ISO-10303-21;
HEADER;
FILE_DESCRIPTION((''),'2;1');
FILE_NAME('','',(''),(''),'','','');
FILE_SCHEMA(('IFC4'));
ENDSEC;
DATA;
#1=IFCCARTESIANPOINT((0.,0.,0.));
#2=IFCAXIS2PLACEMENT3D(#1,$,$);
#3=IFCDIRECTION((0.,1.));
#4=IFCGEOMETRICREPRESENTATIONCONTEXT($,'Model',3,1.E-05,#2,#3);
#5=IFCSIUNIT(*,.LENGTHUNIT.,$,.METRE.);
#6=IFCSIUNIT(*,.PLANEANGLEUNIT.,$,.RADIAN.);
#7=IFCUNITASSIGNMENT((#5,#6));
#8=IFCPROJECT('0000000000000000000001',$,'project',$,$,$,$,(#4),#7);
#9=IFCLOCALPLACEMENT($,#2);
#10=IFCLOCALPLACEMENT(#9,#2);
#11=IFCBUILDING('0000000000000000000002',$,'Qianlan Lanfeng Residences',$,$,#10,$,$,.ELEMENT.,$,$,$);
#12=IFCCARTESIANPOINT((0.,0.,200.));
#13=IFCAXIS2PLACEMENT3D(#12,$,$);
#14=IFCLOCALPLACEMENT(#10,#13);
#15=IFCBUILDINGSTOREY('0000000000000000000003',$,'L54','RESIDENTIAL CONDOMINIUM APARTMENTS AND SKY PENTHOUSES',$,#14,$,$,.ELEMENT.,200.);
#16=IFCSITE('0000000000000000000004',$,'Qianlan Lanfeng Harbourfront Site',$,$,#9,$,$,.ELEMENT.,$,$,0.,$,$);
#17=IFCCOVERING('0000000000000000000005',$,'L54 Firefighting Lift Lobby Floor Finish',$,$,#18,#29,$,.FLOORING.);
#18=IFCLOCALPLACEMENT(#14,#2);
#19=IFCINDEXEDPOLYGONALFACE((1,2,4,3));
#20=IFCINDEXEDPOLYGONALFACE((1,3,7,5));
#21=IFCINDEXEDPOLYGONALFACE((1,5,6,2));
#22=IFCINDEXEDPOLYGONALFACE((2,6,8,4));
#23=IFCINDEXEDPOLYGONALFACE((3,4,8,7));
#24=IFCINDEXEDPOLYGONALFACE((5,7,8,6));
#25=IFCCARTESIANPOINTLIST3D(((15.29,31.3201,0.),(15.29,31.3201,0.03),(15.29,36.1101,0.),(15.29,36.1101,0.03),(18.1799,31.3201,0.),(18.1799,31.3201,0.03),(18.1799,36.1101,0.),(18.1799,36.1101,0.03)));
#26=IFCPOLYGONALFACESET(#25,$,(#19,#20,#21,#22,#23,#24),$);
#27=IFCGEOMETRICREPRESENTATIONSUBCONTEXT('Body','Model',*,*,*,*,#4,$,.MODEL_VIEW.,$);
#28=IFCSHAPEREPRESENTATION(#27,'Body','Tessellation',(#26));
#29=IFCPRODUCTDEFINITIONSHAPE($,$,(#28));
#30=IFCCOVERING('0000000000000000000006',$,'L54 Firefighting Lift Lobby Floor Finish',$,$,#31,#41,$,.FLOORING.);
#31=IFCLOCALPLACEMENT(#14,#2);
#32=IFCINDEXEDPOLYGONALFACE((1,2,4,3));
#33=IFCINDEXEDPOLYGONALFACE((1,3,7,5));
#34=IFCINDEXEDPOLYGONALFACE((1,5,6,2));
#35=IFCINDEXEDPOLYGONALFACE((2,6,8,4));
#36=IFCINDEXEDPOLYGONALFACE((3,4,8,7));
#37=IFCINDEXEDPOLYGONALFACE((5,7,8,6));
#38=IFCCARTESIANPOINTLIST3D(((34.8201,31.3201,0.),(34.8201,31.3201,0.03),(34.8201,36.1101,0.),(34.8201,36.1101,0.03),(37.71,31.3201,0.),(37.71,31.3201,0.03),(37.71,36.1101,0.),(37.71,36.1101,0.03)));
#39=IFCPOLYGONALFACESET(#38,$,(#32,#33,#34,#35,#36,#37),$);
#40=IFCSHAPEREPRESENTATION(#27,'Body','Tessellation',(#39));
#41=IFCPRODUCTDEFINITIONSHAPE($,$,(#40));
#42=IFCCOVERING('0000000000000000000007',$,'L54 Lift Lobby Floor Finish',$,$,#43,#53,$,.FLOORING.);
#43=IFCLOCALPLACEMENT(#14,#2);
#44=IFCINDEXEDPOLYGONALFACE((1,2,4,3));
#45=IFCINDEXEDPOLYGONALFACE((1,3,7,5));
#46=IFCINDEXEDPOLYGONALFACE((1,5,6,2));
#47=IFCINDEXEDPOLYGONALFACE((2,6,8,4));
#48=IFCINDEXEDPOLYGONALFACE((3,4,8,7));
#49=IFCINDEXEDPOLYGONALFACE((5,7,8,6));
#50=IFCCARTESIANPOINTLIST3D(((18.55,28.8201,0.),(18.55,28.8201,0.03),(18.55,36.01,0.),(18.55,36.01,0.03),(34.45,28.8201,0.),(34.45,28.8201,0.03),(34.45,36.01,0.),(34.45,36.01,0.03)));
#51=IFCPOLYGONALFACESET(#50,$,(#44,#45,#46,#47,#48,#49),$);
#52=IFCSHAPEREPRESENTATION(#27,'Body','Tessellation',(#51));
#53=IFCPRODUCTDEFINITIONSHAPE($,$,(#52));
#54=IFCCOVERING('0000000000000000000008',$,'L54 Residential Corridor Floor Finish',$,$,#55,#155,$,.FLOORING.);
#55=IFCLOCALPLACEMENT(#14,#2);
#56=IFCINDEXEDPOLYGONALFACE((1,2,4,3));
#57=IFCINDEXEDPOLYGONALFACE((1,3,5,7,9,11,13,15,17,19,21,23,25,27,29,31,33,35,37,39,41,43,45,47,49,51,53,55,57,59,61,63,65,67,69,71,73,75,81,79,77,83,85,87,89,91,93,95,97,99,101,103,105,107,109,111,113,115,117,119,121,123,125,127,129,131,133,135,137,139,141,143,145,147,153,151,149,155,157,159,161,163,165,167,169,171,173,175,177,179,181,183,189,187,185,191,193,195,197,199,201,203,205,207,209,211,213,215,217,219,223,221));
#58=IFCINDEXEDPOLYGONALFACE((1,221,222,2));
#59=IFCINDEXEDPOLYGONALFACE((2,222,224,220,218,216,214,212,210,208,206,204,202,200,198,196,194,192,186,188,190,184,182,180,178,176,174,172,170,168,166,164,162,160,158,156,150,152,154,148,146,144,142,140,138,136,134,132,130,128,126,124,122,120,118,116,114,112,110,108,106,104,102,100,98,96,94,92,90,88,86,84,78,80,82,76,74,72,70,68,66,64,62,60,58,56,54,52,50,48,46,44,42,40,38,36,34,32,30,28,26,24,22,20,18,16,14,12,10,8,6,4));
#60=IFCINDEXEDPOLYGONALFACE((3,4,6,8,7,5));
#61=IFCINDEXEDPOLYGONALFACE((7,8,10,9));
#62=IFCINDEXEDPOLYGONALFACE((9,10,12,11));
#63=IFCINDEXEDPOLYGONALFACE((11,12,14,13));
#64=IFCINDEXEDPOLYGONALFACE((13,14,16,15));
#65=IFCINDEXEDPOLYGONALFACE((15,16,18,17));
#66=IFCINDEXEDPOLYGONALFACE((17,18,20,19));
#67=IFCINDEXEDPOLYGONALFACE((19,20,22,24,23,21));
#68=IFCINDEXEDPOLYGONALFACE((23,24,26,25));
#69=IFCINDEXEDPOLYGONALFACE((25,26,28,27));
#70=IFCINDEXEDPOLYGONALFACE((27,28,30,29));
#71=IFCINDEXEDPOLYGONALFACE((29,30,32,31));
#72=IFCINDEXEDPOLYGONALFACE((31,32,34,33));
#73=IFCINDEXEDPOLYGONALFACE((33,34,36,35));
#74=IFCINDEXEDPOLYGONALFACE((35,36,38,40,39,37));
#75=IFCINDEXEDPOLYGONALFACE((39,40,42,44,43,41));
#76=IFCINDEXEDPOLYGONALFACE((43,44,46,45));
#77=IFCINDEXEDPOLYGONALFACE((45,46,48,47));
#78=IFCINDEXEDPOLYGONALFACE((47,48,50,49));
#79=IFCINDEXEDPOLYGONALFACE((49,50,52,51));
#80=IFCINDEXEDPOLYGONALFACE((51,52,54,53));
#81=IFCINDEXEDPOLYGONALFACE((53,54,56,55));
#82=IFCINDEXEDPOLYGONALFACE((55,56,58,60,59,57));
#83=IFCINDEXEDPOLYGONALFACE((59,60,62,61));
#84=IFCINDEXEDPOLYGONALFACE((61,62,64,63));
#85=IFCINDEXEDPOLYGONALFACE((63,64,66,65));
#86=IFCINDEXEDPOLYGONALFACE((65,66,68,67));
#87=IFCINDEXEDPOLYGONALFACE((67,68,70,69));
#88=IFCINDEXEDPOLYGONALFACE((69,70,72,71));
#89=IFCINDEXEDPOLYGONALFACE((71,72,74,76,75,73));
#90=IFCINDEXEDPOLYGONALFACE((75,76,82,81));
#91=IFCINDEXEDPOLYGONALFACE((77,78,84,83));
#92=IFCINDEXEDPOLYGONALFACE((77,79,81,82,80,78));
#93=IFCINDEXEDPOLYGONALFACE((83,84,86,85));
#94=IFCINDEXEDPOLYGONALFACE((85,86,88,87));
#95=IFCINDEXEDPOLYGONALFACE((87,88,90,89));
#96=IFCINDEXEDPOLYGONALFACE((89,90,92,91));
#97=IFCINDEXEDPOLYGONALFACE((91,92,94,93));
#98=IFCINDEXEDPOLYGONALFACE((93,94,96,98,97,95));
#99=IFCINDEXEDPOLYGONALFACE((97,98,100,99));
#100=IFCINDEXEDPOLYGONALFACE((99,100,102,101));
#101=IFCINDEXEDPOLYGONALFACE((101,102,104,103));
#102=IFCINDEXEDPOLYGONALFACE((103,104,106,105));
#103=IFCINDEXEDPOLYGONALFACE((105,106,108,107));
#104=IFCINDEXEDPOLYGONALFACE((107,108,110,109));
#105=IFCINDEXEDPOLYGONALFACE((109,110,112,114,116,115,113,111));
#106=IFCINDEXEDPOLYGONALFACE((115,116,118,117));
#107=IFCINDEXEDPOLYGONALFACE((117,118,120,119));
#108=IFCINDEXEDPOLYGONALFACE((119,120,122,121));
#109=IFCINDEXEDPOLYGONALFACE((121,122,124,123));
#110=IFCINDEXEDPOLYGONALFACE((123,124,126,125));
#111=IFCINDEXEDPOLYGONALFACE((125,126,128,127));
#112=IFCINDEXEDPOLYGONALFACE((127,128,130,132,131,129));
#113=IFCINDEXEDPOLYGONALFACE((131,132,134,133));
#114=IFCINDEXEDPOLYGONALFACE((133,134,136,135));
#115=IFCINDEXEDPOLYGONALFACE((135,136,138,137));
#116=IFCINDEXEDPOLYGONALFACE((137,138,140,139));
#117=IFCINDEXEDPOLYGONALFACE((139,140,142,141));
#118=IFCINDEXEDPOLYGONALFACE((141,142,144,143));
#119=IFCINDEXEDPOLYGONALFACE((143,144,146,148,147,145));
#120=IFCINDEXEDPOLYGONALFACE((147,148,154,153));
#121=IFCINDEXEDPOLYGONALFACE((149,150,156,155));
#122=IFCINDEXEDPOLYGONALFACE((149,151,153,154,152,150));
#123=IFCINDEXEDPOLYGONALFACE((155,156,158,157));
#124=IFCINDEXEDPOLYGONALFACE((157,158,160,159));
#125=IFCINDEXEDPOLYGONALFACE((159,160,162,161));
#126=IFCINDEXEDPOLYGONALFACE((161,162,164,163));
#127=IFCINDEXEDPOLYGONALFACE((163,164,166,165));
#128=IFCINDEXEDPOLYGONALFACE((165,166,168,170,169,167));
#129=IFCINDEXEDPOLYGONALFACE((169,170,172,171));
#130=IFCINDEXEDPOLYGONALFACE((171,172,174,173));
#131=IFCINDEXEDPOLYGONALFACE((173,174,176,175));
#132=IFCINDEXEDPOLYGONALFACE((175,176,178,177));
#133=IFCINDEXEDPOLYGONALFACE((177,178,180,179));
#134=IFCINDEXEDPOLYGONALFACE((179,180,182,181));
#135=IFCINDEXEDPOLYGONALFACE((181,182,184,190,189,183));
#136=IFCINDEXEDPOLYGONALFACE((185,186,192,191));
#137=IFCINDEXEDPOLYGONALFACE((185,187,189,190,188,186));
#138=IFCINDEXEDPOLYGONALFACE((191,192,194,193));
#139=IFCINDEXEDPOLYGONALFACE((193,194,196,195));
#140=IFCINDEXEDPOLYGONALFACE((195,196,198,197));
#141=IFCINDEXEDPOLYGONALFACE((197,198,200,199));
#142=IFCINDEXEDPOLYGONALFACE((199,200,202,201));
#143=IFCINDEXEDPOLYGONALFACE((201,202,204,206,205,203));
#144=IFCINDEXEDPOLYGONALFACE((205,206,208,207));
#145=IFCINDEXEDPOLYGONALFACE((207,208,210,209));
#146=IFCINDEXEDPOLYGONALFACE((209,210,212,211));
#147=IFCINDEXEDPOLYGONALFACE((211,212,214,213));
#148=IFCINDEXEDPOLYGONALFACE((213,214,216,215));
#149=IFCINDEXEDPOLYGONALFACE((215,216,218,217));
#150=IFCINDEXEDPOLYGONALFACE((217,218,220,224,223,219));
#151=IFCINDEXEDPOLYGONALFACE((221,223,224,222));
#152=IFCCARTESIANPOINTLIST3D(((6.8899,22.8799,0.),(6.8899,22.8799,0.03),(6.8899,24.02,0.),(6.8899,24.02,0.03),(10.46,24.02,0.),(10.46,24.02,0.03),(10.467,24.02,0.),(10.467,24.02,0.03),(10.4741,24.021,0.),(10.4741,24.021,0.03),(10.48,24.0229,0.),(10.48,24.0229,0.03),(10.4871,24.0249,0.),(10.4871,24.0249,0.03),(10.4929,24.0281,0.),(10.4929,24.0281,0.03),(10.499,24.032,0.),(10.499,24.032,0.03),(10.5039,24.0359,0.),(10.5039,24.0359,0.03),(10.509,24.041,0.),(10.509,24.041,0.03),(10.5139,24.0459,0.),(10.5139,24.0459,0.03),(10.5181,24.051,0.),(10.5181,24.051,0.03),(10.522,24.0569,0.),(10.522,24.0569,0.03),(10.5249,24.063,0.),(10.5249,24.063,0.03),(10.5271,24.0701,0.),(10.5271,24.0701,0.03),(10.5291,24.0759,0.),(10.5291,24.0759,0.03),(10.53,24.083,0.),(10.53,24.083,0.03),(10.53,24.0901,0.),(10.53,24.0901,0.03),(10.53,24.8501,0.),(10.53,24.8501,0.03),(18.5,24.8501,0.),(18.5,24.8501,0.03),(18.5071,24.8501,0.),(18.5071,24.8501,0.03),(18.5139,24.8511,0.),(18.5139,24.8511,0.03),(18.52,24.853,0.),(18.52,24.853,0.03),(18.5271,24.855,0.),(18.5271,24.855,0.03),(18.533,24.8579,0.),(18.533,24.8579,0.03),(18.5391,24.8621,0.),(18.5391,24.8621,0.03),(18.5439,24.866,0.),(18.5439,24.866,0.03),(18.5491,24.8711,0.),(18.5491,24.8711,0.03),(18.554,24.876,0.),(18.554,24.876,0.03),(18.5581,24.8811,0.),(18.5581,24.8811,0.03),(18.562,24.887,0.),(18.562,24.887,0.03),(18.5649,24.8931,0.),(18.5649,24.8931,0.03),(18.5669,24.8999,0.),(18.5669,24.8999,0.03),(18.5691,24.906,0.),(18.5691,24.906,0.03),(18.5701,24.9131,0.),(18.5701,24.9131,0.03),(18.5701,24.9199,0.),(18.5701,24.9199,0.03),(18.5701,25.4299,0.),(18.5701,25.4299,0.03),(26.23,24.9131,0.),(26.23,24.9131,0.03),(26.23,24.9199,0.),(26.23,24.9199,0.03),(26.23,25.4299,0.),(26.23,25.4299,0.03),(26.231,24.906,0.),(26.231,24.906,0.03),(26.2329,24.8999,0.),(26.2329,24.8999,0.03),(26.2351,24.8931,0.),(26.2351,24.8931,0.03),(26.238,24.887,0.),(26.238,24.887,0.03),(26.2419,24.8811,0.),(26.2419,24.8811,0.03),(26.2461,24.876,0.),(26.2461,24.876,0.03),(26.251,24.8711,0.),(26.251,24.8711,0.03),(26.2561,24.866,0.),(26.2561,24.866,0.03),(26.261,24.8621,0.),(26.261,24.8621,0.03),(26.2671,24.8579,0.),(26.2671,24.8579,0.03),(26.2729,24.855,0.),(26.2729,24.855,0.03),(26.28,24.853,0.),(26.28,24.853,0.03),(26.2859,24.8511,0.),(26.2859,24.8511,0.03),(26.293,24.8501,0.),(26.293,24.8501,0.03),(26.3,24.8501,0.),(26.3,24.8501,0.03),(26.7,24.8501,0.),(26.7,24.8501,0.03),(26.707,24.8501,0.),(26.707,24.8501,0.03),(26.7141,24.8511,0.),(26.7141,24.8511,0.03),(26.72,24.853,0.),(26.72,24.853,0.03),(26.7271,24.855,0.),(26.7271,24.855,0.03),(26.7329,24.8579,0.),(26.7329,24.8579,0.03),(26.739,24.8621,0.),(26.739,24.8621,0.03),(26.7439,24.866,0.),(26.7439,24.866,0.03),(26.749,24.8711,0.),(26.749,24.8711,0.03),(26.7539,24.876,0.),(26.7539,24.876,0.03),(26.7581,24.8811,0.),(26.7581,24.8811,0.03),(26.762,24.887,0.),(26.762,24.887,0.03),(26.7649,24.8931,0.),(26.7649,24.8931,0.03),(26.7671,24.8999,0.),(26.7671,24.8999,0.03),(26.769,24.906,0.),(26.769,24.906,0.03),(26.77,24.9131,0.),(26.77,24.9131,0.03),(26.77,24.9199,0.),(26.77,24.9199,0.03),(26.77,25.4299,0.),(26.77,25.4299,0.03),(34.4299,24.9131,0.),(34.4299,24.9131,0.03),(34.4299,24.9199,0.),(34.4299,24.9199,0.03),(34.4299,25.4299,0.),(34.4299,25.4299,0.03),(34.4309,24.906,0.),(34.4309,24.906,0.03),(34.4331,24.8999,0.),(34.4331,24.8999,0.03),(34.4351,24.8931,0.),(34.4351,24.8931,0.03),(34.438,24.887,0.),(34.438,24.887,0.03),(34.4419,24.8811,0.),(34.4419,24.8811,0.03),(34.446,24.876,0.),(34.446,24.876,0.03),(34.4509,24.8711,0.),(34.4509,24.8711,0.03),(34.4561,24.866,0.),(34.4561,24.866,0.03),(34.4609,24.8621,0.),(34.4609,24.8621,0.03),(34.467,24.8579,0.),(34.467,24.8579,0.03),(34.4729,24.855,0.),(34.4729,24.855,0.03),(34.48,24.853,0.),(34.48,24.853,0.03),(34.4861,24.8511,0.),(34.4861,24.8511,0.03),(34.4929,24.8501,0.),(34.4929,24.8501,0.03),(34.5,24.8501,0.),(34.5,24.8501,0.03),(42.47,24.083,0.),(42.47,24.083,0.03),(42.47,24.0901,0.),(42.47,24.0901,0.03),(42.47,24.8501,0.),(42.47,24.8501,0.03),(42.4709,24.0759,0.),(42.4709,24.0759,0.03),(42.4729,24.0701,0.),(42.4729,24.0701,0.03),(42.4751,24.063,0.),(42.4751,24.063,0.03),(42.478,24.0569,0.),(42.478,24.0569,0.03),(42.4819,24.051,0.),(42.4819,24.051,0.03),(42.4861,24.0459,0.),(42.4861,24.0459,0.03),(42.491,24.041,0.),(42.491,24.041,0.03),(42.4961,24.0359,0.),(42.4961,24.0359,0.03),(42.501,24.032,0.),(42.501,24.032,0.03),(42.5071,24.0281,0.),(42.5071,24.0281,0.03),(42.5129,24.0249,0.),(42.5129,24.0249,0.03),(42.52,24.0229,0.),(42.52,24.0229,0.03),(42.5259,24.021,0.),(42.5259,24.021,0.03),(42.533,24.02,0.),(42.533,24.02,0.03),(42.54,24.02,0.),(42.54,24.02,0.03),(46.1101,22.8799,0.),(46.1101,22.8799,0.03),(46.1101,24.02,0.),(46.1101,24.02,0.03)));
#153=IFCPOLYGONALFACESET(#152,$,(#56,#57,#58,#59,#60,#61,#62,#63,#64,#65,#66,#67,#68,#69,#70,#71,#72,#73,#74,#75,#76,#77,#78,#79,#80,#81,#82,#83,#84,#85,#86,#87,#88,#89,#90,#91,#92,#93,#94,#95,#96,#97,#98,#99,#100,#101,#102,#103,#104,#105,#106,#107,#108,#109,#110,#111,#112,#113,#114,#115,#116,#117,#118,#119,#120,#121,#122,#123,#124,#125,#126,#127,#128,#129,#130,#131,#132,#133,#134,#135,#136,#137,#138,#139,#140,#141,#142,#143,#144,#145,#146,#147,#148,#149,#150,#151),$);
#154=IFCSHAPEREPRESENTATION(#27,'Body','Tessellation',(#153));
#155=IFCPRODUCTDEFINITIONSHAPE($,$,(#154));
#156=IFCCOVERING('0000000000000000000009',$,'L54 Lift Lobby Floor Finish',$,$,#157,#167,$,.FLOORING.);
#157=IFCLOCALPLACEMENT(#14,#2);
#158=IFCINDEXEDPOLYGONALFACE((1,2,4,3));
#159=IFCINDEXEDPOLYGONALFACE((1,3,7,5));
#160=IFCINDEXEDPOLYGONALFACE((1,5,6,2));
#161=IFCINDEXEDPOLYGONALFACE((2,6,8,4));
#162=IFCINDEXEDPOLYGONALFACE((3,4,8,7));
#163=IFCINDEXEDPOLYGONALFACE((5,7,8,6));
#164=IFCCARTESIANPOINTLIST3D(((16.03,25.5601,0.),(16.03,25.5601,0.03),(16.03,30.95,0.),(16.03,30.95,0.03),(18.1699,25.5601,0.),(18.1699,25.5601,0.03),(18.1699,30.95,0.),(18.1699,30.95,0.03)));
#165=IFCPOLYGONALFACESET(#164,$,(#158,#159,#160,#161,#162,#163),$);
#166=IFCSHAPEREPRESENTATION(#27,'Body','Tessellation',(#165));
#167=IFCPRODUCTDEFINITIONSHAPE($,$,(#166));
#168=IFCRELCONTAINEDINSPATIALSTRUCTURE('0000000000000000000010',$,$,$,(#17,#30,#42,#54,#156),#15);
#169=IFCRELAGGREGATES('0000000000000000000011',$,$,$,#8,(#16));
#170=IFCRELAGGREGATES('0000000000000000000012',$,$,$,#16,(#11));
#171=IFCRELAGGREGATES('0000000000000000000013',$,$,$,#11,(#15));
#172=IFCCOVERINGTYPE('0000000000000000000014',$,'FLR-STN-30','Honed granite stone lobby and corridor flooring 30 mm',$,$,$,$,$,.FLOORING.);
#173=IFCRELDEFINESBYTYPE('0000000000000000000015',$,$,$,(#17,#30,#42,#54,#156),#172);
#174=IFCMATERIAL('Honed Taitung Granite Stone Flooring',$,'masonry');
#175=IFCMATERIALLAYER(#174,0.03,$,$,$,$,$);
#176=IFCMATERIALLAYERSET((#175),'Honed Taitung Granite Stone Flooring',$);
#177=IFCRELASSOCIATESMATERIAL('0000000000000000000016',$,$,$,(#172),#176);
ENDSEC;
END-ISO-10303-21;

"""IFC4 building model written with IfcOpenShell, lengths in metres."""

from ifc_helpers import new_model, si_unit, direction, frame, origin, place, context, subcontext, project, spatial, polyline, outline, extrude, material, layer, layer_set, type_object, element, save


model = new_model("IFC4")

# Units and contexts
model_context = context("Model", 3, precision=1e-05, world=origin(), true_north=direction((0.0, 1.0)))
body_context = subcontext(model_context, "Body", "Model", "MODEL_VIEW")
ifc_project = project(units=[si_unit("LENGTHUNIT", "METRE"), si_unit("PLANEANGLEUNIT", "RADIAN")], contexts=[model_context])

# Site, building, storey
site_placement = place(None, origin())
site = spatial("IfcSite", under=ifc_project, at=site_placement, Name="Qianlan Lanfeng Harbourfront Site", CompositionType="ELEMENT", RefElevation=0.0)
building_placement = place(site_placement, origin())
building = spatial("IfcBuilding", under=site, at=building_placement, Name="Qianlan Lanfeng Residences", CompositionType="ELEMENT")
storey_placement = place(building_placement, frame((0.0, 0.0, 200.0)))
storey = spatial("IfcBuildingStorey", under=building, at=storey_placement, Name="L54", Description="RESIDENTIAL CONDOMINIUM APARTMENTS AND SKY PENTHOUSES", CompositionType="ELEMENT", Elevation=200.0)

# Coverings
ifc_material_1 = material(Name="Honed Taitung Granite Stone Flooring", Category="masonry")
ifc_layer_1 = layer(ifc_material_1, 0.03)
ifc_layer_set_1 = layer_set([ifc_layer_1], Name="Honed Taitung Granite Stone Flooring")
covering_type_1 = type_object("IfcCoveringType", Name="FLR-STN-30", Description="Honed granite stone lobby and corridor flooring 30 mm", PredefinedType="FLOORING", material=ifc_layer_set_1)
covering_1_placement = place(storey_placement, origin())
element("IfcCovering", 1, at=covering_1_placement, inside=storey, type_object=covering_type_1, Name="L54 Firefighting Lift Lobby Floor Finish", PredefinedType="FLOORING", context=body_context, shape_type="SweptSolid", body=[
    extrude(outline(polyline([(15.29, 31.3201), (18.1799, 31.3201), (18.1799, 36.1101), (15.29, 36.1101), (15.29, 31.3201)])), origin(), (0.0, 0.0, 1.0), 0.03),
])
covering_2_placement = place(storey_placement, origin())
element("IfcCovering", 2, at=covering_2_placement, inside=storey, type_object=covering_type_1, Name="L54 Firefighting Lift Lobby Floor Finish", PredefinedType="FLOORING", context=body_context, shape_type="SweptSolid", body=[
    extrude(outline(polyline([(34.8201, 31.3201), (37.71, 31.3201), (37.71, 36.1101), (34.8201, 36.1101), (34.8201, 31.3201)])), origin(), (0.0, 0.0, 1.0), 0.03),
])
covering_3_placement = place(storey_placement, origin())
element("IfcCovering", 3, at=covering_3_placement, inside=storey, type_object=covering_type_1, Name="L54 Lift Lobby Floor Finish", PredefinedType="FLOORING", context=body_context, shape_type="SweptSolid", body=[
    extrude(outline(polyline([(18.55, 28.8201), (34.45, 28.8201), (34.45, 36.01), (18.55, 36.01), (18.55, 28.8201)])), origin(), (0.0, 0.0, 1.0), 0.03),
])
covering_4_placement = place(storey_placement, origin())
element("IfcCovering", 4, at=covering_4_placement, inside=storey, type_object=covering_type_1, Name="L54 Residential Corridor Floor Finish", PredefinedType="FLOORING", context=body_context, shape_type="SweptSolid", body=[
    extrude(outline(polyline([(6.8899, 22.8799), (46.1101, 22.8799), (46.1101, 24.02), (42.54, 24.02), (42.533, 24.02), (42.5259, 24.021), (42.52, 24.0229), (42.5129, 24.0249), (42.5071, 24.0281), (42.501, 24.032), (42.4961, 24.0359), (42.491, 24.041), (42.4861, 24.0459), (42.4819, 24.051), (42.478, 24.0569), (42.4751, 24.063), (42.4729, 24.0701), (42.4709, 24.0759), (42.47, 24.083), (42.47, 24.0901), (42.47, 24.8501), (34.5, 24.8501), (34.4929, 24.8501), (34.4861, 24.8511), (34.48, 24.853), (34.4729, 24.855), (34.467, 24.8579), (34.4609, 24.8621), (34.4561, 24.866), (34.4509, 24.8711), (34.446, 24.876), (34.4419, 24.8811), (34.438, 24.887), (34.4351, 24.8931), (34.4331, 24.8999), (34.4309, 24.906), (34.4299, 24.9131), (34.4299, 24.9199), (34.4299, 25.4299), (26.77, 25.4299), (26.77, 24.9199), (26.77, 24.9131), (26.769, 24.906), (26.7671, 24.8999), (26.7649, 24.8931), (26.762, 24.887), (26.7581, 24.8811), (26.7539, 24.876), (26.749, 24.8711), (26.7439, 24.866), (26.739, 24.8621), (26.7329, 24.8579), (26.7271, 24.855), (26.72, 24.853), (26.7141, 24.8511), (26.707, 24.8501), (26.7, 24.8501), (26.3, 24.8501), (26.293, 24.8501), (26.2859, 24.8511), (26.28, 24.853), (26.2729, 24.855), (26.2671, 24.8579), (26.261, 24.8621), (26.2561, 24.866), (26.251, 24.8711), (26.2461, 24.876), (26.2419, 24.8811), (26.238, 24.887), (26.2351, 24.8931), (26.2329, 24.8999), (26.231, 24.906), (26.23, 24.9131), (26.23, 24.9199), (26.23, 25.4299), (18.5701, 25.4299), (18.5701, 24.9199), (18.5701, 24.9131), (18.5691, 24.906), (18.5669, 24.8999), (18.5649, 24.8931), (18.562, 24.887), (18.5581, 24.8811), (18.554, 24.876), (18.5491, 24.8711), (18.5439, 24.866), (18.5391, 24.8621), (18.533, 24.8579), (18.5271, 24.855), (18.52, 24.853), (18.5139, 24.8511), (18.5071, 24.8501), (18.5, 24.8501), (10.53, 24.8501), (10.53, 24.0901), (10.53, 24.083), (10.5291, 24.0759), (10.5271, 24.0701), (10.5249, 24.063), (10.522, 24.0569), (10.5181, 24.051), (10.5139, 24.0459), (10.509, 24.041), (10.5039, 24.0359), (10.499, 24.032), (10.4929, 24.0281), (10.4871, 24.0249), (10.48, 24.0229), (10.4741, 24.021), (10.467, 24.02), (10.46, 24.02), (6.8899, 24.02), (6.8899, 22.8799)])), origin(), (0.0, 0.0, 1.0), 0.03),
])
covering_5_placement = place(storey_placement, origin())
element("IfcCovering", 5, at=covering_5_placement, inside=storey, type_object=covering_type_1, Name="L54 Lift Lobby Floor Finish", PredefinedType="FLOORING", context=body_context, shape_type="SweptSolid", body=[
    extrude(outline(polyline([(16.03, 25.5601), (18.1699, 25.5601), (18.1699, 30.95), (16.03, 30.95), (16.03, 25.5601)])), origin(), (0.0, 0.0, 1.0), 0.03),
])

save(model, "model.ifc")
